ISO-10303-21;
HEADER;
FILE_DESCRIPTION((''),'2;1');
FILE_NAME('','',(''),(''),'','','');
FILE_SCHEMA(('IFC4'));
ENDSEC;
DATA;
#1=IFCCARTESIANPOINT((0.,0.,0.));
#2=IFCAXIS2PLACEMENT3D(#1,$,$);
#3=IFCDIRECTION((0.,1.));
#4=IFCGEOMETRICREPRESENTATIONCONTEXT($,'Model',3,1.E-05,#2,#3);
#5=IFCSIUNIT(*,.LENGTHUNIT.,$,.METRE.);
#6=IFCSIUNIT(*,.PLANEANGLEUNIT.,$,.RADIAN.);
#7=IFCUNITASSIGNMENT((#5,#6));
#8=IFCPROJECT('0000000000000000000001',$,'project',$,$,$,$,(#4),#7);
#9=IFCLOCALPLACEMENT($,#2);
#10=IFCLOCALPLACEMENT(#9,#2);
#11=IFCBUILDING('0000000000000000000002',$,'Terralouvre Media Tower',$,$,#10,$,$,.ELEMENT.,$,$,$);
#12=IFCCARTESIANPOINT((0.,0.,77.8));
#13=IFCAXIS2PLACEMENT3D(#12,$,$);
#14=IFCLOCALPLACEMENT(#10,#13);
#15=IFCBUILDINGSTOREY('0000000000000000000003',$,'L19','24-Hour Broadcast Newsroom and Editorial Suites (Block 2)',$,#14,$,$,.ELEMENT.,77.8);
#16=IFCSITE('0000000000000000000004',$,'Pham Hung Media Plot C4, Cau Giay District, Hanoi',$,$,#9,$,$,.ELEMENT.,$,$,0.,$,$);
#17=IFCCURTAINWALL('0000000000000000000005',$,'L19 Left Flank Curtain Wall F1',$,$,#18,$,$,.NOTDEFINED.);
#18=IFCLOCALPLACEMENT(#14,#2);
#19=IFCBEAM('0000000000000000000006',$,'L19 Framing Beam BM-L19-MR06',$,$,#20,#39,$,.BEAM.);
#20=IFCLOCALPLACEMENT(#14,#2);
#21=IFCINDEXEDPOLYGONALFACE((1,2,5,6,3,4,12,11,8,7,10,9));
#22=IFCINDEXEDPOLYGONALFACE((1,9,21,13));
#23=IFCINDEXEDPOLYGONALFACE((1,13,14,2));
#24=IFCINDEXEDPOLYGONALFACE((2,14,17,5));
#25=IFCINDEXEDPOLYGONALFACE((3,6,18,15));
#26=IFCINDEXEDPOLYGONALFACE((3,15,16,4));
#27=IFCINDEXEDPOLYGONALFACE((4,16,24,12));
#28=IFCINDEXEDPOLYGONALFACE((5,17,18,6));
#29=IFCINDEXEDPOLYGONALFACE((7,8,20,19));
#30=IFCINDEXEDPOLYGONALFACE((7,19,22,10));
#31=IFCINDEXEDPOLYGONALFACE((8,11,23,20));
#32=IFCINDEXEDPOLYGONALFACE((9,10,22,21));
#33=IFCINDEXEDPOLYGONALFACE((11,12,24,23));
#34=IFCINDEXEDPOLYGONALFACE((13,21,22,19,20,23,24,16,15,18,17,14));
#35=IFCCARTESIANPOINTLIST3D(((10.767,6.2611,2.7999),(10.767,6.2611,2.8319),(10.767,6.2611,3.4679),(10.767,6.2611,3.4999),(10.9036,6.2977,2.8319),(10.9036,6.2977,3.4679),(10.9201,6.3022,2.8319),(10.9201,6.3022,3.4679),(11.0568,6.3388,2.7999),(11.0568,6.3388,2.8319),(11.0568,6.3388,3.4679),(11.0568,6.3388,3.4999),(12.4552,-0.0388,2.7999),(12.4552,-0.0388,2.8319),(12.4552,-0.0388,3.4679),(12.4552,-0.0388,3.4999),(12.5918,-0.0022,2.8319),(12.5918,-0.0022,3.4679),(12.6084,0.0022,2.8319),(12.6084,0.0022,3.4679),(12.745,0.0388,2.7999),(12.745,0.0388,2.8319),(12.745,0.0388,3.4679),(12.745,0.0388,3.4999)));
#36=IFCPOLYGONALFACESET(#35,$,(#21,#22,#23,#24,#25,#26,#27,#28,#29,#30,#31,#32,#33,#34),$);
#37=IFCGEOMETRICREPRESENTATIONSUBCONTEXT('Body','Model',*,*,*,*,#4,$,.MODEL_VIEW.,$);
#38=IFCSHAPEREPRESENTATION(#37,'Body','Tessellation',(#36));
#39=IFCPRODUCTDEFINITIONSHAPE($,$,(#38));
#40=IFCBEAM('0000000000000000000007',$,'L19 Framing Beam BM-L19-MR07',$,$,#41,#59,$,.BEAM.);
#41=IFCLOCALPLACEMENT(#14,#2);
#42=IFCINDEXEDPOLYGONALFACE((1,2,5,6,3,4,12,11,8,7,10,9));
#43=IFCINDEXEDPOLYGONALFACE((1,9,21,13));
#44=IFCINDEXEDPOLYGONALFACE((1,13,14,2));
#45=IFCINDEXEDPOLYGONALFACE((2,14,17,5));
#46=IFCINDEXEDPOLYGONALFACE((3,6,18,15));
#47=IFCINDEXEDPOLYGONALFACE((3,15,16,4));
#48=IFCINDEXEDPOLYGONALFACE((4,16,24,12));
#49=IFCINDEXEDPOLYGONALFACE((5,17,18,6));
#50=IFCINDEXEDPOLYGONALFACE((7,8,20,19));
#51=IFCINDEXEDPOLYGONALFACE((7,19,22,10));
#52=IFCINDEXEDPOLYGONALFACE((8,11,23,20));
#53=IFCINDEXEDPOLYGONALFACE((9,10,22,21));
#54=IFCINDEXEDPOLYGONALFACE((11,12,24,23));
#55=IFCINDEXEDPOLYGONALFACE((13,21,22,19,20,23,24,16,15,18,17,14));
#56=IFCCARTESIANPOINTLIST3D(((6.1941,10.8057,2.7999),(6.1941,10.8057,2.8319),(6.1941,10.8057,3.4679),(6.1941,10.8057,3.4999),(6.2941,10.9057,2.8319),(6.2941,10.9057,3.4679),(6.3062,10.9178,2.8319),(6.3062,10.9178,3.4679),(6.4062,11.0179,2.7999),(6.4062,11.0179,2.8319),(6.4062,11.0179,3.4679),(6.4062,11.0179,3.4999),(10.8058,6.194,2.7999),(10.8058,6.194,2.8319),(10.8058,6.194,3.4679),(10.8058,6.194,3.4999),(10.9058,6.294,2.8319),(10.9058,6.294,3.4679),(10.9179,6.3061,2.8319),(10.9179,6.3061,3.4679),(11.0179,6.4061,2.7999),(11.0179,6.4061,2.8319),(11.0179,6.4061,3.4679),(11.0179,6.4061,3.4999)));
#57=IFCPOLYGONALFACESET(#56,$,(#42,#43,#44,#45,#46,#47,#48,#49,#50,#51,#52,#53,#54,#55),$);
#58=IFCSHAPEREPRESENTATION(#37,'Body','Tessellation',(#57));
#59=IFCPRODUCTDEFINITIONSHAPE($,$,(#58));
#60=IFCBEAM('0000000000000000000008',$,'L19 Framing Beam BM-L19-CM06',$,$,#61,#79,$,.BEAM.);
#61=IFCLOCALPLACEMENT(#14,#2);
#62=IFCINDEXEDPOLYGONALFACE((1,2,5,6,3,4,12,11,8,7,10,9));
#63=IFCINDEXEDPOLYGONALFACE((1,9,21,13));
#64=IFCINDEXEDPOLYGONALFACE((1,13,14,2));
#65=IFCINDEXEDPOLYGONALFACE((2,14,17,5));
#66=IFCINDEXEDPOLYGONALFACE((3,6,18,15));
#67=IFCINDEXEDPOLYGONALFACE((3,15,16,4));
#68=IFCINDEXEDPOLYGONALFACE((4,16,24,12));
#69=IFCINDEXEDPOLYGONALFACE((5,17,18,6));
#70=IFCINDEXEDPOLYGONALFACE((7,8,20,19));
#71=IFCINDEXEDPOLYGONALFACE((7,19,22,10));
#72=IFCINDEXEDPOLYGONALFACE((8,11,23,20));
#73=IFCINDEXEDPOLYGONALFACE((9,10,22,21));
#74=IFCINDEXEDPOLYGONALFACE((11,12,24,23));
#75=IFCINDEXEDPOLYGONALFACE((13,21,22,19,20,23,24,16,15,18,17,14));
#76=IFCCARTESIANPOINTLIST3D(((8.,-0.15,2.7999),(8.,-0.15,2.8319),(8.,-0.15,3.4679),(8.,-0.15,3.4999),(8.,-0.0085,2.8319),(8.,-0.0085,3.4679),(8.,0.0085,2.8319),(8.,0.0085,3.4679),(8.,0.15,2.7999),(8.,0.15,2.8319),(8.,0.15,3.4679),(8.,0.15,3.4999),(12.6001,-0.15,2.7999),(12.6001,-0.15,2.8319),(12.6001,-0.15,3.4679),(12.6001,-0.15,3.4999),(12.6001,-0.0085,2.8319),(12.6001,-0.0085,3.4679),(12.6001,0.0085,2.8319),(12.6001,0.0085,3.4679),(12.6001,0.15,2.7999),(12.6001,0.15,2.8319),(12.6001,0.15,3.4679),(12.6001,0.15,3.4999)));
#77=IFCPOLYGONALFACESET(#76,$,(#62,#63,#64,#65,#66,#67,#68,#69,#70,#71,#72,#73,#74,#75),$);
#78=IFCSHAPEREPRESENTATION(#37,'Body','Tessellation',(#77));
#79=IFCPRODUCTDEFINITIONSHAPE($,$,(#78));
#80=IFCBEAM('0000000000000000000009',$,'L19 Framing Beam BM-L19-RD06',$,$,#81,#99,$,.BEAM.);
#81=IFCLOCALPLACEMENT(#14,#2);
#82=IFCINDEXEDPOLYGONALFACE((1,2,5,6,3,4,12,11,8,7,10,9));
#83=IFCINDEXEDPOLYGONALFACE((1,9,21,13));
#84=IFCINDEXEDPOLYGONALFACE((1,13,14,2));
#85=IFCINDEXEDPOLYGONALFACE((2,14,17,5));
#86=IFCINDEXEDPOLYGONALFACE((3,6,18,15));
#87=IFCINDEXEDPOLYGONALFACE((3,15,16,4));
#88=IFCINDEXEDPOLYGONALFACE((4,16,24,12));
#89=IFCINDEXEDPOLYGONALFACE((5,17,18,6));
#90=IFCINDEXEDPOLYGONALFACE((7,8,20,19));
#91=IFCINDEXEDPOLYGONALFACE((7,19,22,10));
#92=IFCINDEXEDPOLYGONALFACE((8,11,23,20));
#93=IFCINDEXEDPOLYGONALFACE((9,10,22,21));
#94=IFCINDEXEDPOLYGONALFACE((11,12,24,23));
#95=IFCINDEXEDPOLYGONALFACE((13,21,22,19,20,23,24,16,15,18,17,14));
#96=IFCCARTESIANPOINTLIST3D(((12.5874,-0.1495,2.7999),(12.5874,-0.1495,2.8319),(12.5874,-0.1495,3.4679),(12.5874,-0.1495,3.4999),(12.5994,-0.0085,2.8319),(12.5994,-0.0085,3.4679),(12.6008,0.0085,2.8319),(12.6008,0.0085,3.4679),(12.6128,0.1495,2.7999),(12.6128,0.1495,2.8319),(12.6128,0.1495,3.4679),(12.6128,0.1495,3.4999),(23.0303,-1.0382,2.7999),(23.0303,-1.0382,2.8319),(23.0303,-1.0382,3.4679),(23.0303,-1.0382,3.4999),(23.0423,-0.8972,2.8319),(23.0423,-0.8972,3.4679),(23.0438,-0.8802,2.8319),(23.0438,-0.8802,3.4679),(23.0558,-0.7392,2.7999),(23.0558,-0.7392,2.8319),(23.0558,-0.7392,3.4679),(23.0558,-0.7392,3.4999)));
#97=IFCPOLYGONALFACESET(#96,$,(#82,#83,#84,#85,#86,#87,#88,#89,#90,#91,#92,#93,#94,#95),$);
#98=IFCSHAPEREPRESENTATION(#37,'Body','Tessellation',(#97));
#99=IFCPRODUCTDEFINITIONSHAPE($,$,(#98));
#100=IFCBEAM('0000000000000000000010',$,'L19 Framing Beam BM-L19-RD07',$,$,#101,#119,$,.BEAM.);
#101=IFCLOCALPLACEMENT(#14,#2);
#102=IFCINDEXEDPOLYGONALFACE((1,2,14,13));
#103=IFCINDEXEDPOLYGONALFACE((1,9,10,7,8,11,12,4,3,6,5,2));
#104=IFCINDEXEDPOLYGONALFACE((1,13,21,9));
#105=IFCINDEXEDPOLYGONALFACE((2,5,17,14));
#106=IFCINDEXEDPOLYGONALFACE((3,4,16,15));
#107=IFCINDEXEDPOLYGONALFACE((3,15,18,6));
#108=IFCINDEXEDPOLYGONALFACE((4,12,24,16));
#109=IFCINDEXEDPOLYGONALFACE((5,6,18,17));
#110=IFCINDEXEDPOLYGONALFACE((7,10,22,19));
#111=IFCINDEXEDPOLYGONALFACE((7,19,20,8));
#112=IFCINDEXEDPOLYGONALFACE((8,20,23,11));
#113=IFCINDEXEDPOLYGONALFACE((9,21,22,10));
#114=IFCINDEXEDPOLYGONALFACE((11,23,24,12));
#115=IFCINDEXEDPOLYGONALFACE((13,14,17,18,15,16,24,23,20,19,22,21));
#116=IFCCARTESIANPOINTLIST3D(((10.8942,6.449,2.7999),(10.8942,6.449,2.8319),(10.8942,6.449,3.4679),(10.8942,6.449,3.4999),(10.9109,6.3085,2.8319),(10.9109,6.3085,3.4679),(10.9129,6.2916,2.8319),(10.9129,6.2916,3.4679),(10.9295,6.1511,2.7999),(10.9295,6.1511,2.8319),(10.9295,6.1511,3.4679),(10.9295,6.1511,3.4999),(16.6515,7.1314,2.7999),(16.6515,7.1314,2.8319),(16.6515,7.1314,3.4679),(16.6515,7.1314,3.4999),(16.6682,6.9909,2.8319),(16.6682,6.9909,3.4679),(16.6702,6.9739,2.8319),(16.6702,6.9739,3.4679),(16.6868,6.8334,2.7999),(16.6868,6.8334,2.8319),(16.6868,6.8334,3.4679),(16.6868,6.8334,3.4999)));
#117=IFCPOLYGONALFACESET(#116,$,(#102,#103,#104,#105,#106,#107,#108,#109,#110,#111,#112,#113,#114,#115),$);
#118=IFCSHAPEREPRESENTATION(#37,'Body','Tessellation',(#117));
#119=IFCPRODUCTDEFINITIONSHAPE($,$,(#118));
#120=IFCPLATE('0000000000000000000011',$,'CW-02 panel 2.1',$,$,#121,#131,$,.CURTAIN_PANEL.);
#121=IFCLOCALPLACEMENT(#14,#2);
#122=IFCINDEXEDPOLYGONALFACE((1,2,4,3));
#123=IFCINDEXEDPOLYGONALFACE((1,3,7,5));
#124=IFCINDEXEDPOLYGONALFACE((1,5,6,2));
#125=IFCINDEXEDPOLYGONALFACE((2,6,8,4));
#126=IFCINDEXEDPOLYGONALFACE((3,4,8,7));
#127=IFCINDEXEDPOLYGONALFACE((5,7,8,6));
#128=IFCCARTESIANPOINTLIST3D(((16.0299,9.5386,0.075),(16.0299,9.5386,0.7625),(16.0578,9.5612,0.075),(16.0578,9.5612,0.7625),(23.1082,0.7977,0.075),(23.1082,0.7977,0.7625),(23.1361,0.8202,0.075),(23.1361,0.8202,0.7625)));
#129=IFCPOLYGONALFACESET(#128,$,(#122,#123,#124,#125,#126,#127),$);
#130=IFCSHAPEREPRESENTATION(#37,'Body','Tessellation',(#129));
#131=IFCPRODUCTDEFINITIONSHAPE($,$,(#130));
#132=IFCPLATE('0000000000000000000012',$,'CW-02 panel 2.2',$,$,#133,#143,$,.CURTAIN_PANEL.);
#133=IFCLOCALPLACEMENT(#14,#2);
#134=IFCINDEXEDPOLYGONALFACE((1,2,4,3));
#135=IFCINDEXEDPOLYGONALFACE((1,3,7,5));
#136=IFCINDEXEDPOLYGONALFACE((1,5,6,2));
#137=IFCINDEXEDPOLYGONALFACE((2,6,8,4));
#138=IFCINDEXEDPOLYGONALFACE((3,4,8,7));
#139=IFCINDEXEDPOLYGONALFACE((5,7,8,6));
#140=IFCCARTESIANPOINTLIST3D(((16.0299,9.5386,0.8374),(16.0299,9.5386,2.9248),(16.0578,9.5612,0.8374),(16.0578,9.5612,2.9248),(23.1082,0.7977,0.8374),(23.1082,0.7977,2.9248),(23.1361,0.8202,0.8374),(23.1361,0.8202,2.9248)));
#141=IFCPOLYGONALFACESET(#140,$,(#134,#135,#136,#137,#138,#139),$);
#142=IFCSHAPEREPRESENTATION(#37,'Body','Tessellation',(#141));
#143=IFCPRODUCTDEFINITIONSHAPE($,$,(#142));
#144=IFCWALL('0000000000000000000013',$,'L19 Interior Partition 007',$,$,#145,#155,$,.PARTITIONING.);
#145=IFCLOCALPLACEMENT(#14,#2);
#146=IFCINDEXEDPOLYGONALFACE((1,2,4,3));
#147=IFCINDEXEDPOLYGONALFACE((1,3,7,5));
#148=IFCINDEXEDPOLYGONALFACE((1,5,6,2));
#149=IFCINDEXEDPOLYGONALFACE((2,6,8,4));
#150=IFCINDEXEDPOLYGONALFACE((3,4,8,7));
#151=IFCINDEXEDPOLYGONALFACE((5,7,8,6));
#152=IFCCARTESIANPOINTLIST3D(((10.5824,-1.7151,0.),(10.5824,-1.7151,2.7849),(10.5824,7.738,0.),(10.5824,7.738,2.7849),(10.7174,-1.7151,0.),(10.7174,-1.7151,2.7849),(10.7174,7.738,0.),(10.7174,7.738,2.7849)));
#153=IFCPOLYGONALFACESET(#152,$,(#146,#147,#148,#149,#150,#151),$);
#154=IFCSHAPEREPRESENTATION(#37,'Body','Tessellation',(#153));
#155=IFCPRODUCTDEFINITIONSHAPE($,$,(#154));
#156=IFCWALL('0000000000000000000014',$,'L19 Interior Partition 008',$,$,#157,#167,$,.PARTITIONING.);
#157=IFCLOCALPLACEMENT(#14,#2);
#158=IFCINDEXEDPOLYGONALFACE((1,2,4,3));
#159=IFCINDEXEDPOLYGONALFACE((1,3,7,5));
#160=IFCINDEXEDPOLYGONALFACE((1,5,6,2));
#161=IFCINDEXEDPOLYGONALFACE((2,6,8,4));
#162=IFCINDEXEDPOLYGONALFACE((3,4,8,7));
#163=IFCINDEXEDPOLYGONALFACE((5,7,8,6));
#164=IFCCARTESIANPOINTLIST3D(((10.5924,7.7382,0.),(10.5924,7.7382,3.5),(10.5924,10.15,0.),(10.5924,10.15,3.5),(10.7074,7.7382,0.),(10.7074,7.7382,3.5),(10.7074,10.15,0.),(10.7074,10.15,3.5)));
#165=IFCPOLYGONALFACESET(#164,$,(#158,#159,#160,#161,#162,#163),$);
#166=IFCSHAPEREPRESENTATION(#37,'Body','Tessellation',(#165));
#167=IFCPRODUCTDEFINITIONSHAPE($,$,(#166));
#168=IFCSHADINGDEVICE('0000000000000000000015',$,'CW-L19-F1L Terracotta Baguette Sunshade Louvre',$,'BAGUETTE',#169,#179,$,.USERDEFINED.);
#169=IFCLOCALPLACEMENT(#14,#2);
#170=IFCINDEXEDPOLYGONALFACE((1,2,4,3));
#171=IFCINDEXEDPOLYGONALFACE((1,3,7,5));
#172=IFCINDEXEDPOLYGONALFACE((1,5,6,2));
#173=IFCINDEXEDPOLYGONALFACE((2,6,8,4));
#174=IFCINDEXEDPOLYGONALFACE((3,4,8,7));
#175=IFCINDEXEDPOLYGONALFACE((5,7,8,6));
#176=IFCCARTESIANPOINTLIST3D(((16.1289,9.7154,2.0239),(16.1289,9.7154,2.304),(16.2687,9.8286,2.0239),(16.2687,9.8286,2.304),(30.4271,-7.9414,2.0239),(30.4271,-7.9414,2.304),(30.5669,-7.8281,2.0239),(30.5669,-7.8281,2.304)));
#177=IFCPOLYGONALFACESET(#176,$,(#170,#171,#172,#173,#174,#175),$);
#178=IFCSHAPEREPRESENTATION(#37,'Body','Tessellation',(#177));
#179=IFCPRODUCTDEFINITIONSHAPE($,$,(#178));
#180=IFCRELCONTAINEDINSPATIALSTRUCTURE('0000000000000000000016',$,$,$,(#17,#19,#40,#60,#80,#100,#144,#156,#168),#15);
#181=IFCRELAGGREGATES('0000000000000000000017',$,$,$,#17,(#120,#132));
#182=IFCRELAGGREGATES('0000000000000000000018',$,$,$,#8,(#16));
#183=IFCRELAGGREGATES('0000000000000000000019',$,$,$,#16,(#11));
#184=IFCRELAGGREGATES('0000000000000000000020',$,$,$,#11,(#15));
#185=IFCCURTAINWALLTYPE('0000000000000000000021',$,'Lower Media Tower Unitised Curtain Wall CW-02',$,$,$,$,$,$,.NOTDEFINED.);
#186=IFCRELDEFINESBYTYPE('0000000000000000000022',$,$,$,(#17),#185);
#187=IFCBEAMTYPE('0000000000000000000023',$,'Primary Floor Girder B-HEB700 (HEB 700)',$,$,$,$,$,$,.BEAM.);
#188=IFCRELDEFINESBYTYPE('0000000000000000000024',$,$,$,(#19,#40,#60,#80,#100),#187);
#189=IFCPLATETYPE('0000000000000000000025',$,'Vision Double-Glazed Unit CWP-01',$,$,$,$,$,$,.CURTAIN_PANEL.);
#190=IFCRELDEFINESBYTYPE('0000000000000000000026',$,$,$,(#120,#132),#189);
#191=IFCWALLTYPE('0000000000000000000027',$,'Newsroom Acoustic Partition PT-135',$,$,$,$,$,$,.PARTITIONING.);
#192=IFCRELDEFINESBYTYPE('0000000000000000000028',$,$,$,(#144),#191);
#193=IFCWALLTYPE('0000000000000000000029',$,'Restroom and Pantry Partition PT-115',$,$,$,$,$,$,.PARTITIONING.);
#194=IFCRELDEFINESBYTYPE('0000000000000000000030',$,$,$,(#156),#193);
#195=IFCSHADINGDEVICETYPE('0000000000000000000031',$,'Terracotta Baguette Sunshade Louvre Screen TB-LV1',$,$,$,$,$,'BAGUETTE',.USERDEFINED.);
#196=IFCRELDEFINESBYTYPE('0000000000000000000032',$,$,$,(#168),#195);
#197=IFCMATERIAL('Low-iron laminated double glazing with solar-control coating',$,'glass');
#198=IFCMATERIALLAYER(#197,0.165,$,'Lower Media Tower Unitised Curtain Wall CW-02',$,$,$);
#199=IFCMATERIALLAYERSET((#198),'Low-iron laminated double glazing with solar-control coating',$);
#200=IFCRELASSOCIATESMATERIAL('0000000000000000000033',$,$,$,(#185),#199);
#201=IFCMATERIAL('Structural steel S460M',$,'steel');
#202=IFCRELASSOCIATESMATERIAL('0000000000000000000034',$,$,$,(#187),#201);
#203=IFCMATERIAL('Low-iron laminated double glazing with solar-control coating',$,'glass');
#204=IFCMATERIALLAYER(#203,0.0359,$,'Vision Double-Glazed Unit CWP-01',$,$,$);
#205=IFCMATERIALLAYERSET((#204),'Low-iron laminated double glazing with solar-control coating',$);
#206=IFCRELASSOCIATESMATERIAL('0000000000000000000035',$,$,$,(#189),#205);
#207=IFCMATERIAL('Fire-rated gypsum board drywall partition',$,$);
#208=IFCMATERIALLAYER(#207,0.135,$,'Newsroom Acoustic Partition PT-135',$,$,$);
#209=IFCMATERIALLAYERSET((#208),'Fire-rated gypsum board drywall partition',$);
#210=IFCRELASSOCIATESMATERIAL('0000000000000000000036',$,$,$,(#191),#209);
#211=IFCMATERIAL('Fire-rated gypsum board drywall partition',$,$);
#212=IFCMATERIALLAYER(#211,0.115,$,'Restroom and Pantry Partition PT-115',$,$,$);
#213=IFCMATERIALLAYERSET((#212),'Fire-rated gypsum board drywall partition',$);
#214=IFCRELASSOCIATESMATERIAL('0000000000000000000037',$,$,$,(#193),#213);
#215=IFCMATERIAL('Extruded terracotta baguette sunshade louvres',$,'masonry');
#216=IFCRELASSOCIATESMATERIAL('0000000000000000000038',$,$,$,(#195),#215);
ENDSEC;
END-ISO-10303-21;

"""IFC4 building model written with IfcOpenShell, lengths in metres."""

from ifc_helpers import new_model, si_unit, direction, frame, frame_2d, origin, origin_2d, place, context, subcontext, project, spatial, rectangle, i_section, extrude, material, layer, layer_set, material_profile, profile_set, type_object, element, aggregate, save


model = new_model("IFC4")

# Units and contexts
model_context = context("Model", 3, precision=1e-05, world=origin(), true_north=direction((0.0, 1.0)))
body_context = subcontext(model_context, "Body", "Model", "MODEL_VIEW")
ifc_project = project(units=[si_unit("LENGTHUNIT", "METRE"), si_unit("PLANEANGLEUNIT", "RADIAN")], contexts=[model_context])

# Site, building, storey
site_placement = place(None, origin())
site = spatial("IfcSite", under=ifc_project, at=site_placement, Name="Pham Hung Media Plot C4, Cau Giay District, Hanoi", CompositionType="ELEMENT", RefElevation=0.0)
building_placement = place(site_placement, origin())
building = spatial("IfcBuilding", under=site, at=building_placement, Name="Terralouvre Media Tower", CompositionType="ELEMENT")
storey_placement = place(building_placement, frame((0.0, 0.0, 77.8)))
storey = spatial("IfcBuildingStorey", under=building, at=storey_placement, Name="L19", Description="24-Hour Broadcast Newsroom and Editorial Suites (Block 2)", CompositionType="ELEMENT", Elevation=77.8)

# Curtain wall
ifc_material_1 = material(Name="Low-iron laminated double glazing with solar-control coating", Category="glass")
ifc_layer_1 = layer(ifc_material_1, 0.165, Name="Lower Media Tower Unitised Curtain Wall CW-02")
ifc_layer_set_1 = layer_set([ifc_layer_1], Name="Low-iron laminated double glazing with solar-control coating")
curtain_wall_type = type_object("IfcCurtainWallType", Name="Lower Media Tower Unitised Curtain Wall CW-02", PredefinedType="NOTDEFINED", material=ifc_layer_set_1)
curtain_wall_placement = place(storey_placement, origin())
curtain_wall = element("IfcCurtainWall", 1, at=curtain_wall_placement, inside=storey, type_object=curtain_wall_type, Name="L19 Left Flank Curtain Wall F1", PredefinedType="NOTDEFINED")

# Beams
ifc_material_2 = material(Name="Structural steel S460M", Category="steel")
ifc_material_profile_1 = material_profile(ifc_material_2, i_section(OverallWidth=0.3, OverallDepth=0.7, WebThickness=0.0171, FlangeThickness=0.032, at=origin_2d()), Name="HEB 700")
ifc_profile_set_1 = profile_set([ifc_material_profile_1], Name="Structural steel S460M")
beam_type_1 = type_object("IfcBeamType", Name="Primary Floor Girder B-HEB700 (HEB 700)", PredefinedType="BEAM", material=ifc_profile_set_1)
beam_1_placement = place(storey_placement, frame((12.6001, 0.0, 3.1499), z_axis=(-0.258839, 0.96592, 0.0), x_axis=(-0.96592, -0.258839, 0.0)))
element("IfcBeam", 2, at=beam_1_placement, inside=storey, type_object=beam_type_1, Name="L19 Framing Beam BM-L19-MR06", PredefinedType="BEAM", context=body_context, shape_type="SweptSolid", body=[
    extrude(i_section(OverallWidth=0.3, OverallDepth=0.7, WebThickness=0.0171, FlangeThickness=0.032, at=origin_2d()), origin(), (0.0, 0.0, 1.0), 6.5222),
])
beam_2_placement = place(storey_placement, frame((10.9119, 6.3, 3.1499), z_axis=(-0.707107, 0.707107, 0.0), x_axis=(-0.707107, -0.707107, 0.0)))
element("IfcBeam", 3, at=beam_2_placement, inside=storey, type_object=beam_type_1, Name="L19 Framing Beam BM-L19-MR07", PredefinedType="BEAM", context=body_context, shape_type="SweptSolid", body=[
    extrude(i_section(OverallWidth=0.3, OverallDepth=0.7, WebThickness=0.0171, FlangeThickness=0.032, at=origin_2d()), origin(), (0.0, 0.0, 1.0), 6.522),
])
beam_3_placement = place(storey_placement, frame((8.0, 0.0, 3.1499), z_axis=(1.0, 0.0, 0.0), x_axis=(0.0, 1.0, 0.0)))
element("IfcBeam", 4, at=beam_3_placement, inside=storey, type_object=beam_type_1, Name="L19 Framing Beam BM-L19-CM06", PredefinedType="BEAM", context=body_context, shape_type="SweptSolid", body=[
    extrude(i_section(OverallWidth=0.3, OverallDepth=0.7, WebThickness=0.0171, FlangeThickness=0.032, at=origin_2d()), origin(), (0.0, 0.0, 1.0), 4.6001),
])
beam_4_placement = place(storey_placement, frame((12.6001, 0.0, 3.1499), z_axis=(0.996399, -0.084792, 0.0), x_axis=(0.084792, 0.996399, 0.0)))
element("IfcBeam", 5, at=beam_4_placement, inside=storey, type_object=beam_type_1, Name="L19 Framing Beam BM-L19-RD06", PredefinedType="BEAM", context=body_context, shape_type="SweptSolid", body=[
    extrude(i_section(OverallWidth=0.3, OverallDepth=0.7, WebThickness=0.0171, FlangeThickness=0.032, at=origin_2d()), origin(), (0.0, 0.0, 1.0), 10.4807),
])
beam_5_placement = place(storey_placement, frame((10.9119, 6.3, 3.1499), z_axis=(0.993049, 0.117699, 0.0), x_axis=(-0.117699, 0.993049, 0.0)))
element("IfcBeam", 6, at=beam_5_placement, inside=storey, type_object=beam_type_1, Name="L19 Framing Beam BM-L19-RD07", PredefinedType="BEAM", context=body_context, shape_type="SweptSolid", body=[
    extrude(i_section(OverallWidth=0.3, OverallDepth=0.7, WebThickness=0.0171, FlangeThickness=0.032, at=origin_2d()), origin(), (0.0, 0.0, 1.0), 5.7976),
])

# Plates
ifc_material_3 = material(Name="Low-iron laminated double glazing with solar-control coating", Category="glass")
ifc_layer_2 = layer(ifc_material_3, 0.0359, Name="Vision Double-Glazed Unit CWP-01")
ifc_layer_set_2 = layer_set([ifc_layer_2], Name="Low-iron laminated double glazing with solar-control coating")
plate_type = type_object("IfcPlateType", Name="Vision Double-Glazed Unit CWP-01", PredefinedType="CURTAIN_PANEL", material=ifc_layer_set_2)
plate_1_placement = place(storey_placement, frame((19.583, 5.1794, 0.075), z_axis=(0.0, 0.0, 1.0), x_axis=(-0.62932, 0.777146, 0.0)))
plate_1 = element("IfcPlate", 7, at=plate_1_placement, type_object=plate_type, Name="CW-02 panel 2.1", PredefinedType="CURTAIN_PANEL", context=body_context, shape_type="SweptSolid", body=[
    extrude(rectangle(XDim=11.2476, YDim=0.0359, at=origin_2d()), origin(), (0.0, 0.0, 1.0), 0.6875),
])
plate_2_placement = place(storey_placement, frame((19.583, 5.1794, 0.8374), z_axis=(0.0, 0.0, 1.0), x_axis=(-0.62932, 0.777146, 0.0)))
plate_2 = element("IfcPlate", 8, at=plate_2_placement, type_object=plate_type, Name="CW-02 panel 2.2", PredefinedType="CURTAIN_PANEL", context=body_context, shape_type="SweptSolid", body=[
    extrude(rectangle(XDim=11.2476, YDim=0.0359, at=origin_2d()), origin(), (0.0, 0.0, 1.0), 2.0874),
])
aggregate(curtain_wall, [plate_1, plate_2])

# Walls
ifc_material_4 = material(Name="Fire-rated gypsum board drywall partition")
ifc_layer_3 = layer(ifc_material_4, 0.135, Name="Newsroom Acoustic Partition PT-135")
ifc_layer_set_3 = layer_set([ifc_layer_3], Name="Fire-rated gypsum board drywall partition")
wall_type_1 = type_object("IfcWallType", Name="Newsroom Acoustic Partition PT-135", PredefinedType="PARTITIONING", material=ifc_layer_set_3)
wall_1_placement = place(storey_placement, frame((10.6499, -1.7151, 0.0), z_axis=(0.0, 0.0, 1.0), x_axis=(0.0, 1.0, 0.0)))
element("IfcWall", 9, at=wall_1_placement, inside=storey, type_object=wall_type_1, Name="L19 Interior Partition 007", PredefinedType="PARTITIONING", context=body_context, shape_type="SweptSolid", body=[
    extrude(rectangle(XDim=9.4531, YDim=0.135, at=frame_2d((4.7266, 0.0))), origin(), (0.0, 0.0, 1.0), 2.7849),
])
ifc_material_5 = material(Name="Fire-rated gypsum board drywall partition")
ifc_layer_4 = layer(ifc_material_5, 0.115, Name="Restroom and Pantry Partition PT-115")
ifc_layer_set_4 = layer_set([ifc_layer_4], Name="Fire-rated gypsum board drywall partition")
wall_type_2 = type_object("IfcWallType", Name="Restroom and Pantry Partition PT-115", PredefinedType="PARTITIONING", material=ifc_layer_set_4)
wall_2_placement = place(storey_placement, frame((10.6499, 7.738, 0.0), z_axis=(0.0, 0.0, 1.0), x_axis=(0.0, 1.0, 0.0)))
element("IfcWall", 10, at=wall_2_placement, inside=storey, type_object=wall_type_2, Name="L19 Interior Partition 008", PredefinedType="PARTITIONING", context=body_context, shape_type="SweptSolid", body=[
    extrude(rectangle(XDim=2.4119, YDim=0.115, at=frame_2d((1.2061, 0.0))), origin(), (0.0, 0.0, 1.0), 3.5),
])

# Shading device
ifc_material_6 = material(Name="Extruded terracotta baguette sunshade louvres", Category="masonry")
shading_device_type = type_object("IfcShadingDeviceType", Name="Terracotta Baguette Sunshade Louvre Screen TB-LV1", ElementType="BAGUETTE", PredefinedType="USERDEFINED", material=ifc_material_6)
shading_device_placement = place(storey_placement, frame((23.3479, 0.9436, 2.0239), z_axis=(0.0, 0.0, 1.0), x_axis=(-0.62932, 0.777146, 0.0)))
element("IfcShadingDevice", 11, at=shading_device_placement, inside=storey, type_object=shading_device_type, Name="CW-L19-F1L Terracotta Baguette Sunshade Louvre", ObjectType="BAGUETTE", PredefinedType="USERDEFINED", context=body_context, shape_type="SweptSolid", body=[
    extrude(rectangle(XDim=22.72, YDim=0.1799, at=origin_2d()), origin(), (0.0, 0.0, 1.0), 0.28),
])

save(model, "model.ifc")
